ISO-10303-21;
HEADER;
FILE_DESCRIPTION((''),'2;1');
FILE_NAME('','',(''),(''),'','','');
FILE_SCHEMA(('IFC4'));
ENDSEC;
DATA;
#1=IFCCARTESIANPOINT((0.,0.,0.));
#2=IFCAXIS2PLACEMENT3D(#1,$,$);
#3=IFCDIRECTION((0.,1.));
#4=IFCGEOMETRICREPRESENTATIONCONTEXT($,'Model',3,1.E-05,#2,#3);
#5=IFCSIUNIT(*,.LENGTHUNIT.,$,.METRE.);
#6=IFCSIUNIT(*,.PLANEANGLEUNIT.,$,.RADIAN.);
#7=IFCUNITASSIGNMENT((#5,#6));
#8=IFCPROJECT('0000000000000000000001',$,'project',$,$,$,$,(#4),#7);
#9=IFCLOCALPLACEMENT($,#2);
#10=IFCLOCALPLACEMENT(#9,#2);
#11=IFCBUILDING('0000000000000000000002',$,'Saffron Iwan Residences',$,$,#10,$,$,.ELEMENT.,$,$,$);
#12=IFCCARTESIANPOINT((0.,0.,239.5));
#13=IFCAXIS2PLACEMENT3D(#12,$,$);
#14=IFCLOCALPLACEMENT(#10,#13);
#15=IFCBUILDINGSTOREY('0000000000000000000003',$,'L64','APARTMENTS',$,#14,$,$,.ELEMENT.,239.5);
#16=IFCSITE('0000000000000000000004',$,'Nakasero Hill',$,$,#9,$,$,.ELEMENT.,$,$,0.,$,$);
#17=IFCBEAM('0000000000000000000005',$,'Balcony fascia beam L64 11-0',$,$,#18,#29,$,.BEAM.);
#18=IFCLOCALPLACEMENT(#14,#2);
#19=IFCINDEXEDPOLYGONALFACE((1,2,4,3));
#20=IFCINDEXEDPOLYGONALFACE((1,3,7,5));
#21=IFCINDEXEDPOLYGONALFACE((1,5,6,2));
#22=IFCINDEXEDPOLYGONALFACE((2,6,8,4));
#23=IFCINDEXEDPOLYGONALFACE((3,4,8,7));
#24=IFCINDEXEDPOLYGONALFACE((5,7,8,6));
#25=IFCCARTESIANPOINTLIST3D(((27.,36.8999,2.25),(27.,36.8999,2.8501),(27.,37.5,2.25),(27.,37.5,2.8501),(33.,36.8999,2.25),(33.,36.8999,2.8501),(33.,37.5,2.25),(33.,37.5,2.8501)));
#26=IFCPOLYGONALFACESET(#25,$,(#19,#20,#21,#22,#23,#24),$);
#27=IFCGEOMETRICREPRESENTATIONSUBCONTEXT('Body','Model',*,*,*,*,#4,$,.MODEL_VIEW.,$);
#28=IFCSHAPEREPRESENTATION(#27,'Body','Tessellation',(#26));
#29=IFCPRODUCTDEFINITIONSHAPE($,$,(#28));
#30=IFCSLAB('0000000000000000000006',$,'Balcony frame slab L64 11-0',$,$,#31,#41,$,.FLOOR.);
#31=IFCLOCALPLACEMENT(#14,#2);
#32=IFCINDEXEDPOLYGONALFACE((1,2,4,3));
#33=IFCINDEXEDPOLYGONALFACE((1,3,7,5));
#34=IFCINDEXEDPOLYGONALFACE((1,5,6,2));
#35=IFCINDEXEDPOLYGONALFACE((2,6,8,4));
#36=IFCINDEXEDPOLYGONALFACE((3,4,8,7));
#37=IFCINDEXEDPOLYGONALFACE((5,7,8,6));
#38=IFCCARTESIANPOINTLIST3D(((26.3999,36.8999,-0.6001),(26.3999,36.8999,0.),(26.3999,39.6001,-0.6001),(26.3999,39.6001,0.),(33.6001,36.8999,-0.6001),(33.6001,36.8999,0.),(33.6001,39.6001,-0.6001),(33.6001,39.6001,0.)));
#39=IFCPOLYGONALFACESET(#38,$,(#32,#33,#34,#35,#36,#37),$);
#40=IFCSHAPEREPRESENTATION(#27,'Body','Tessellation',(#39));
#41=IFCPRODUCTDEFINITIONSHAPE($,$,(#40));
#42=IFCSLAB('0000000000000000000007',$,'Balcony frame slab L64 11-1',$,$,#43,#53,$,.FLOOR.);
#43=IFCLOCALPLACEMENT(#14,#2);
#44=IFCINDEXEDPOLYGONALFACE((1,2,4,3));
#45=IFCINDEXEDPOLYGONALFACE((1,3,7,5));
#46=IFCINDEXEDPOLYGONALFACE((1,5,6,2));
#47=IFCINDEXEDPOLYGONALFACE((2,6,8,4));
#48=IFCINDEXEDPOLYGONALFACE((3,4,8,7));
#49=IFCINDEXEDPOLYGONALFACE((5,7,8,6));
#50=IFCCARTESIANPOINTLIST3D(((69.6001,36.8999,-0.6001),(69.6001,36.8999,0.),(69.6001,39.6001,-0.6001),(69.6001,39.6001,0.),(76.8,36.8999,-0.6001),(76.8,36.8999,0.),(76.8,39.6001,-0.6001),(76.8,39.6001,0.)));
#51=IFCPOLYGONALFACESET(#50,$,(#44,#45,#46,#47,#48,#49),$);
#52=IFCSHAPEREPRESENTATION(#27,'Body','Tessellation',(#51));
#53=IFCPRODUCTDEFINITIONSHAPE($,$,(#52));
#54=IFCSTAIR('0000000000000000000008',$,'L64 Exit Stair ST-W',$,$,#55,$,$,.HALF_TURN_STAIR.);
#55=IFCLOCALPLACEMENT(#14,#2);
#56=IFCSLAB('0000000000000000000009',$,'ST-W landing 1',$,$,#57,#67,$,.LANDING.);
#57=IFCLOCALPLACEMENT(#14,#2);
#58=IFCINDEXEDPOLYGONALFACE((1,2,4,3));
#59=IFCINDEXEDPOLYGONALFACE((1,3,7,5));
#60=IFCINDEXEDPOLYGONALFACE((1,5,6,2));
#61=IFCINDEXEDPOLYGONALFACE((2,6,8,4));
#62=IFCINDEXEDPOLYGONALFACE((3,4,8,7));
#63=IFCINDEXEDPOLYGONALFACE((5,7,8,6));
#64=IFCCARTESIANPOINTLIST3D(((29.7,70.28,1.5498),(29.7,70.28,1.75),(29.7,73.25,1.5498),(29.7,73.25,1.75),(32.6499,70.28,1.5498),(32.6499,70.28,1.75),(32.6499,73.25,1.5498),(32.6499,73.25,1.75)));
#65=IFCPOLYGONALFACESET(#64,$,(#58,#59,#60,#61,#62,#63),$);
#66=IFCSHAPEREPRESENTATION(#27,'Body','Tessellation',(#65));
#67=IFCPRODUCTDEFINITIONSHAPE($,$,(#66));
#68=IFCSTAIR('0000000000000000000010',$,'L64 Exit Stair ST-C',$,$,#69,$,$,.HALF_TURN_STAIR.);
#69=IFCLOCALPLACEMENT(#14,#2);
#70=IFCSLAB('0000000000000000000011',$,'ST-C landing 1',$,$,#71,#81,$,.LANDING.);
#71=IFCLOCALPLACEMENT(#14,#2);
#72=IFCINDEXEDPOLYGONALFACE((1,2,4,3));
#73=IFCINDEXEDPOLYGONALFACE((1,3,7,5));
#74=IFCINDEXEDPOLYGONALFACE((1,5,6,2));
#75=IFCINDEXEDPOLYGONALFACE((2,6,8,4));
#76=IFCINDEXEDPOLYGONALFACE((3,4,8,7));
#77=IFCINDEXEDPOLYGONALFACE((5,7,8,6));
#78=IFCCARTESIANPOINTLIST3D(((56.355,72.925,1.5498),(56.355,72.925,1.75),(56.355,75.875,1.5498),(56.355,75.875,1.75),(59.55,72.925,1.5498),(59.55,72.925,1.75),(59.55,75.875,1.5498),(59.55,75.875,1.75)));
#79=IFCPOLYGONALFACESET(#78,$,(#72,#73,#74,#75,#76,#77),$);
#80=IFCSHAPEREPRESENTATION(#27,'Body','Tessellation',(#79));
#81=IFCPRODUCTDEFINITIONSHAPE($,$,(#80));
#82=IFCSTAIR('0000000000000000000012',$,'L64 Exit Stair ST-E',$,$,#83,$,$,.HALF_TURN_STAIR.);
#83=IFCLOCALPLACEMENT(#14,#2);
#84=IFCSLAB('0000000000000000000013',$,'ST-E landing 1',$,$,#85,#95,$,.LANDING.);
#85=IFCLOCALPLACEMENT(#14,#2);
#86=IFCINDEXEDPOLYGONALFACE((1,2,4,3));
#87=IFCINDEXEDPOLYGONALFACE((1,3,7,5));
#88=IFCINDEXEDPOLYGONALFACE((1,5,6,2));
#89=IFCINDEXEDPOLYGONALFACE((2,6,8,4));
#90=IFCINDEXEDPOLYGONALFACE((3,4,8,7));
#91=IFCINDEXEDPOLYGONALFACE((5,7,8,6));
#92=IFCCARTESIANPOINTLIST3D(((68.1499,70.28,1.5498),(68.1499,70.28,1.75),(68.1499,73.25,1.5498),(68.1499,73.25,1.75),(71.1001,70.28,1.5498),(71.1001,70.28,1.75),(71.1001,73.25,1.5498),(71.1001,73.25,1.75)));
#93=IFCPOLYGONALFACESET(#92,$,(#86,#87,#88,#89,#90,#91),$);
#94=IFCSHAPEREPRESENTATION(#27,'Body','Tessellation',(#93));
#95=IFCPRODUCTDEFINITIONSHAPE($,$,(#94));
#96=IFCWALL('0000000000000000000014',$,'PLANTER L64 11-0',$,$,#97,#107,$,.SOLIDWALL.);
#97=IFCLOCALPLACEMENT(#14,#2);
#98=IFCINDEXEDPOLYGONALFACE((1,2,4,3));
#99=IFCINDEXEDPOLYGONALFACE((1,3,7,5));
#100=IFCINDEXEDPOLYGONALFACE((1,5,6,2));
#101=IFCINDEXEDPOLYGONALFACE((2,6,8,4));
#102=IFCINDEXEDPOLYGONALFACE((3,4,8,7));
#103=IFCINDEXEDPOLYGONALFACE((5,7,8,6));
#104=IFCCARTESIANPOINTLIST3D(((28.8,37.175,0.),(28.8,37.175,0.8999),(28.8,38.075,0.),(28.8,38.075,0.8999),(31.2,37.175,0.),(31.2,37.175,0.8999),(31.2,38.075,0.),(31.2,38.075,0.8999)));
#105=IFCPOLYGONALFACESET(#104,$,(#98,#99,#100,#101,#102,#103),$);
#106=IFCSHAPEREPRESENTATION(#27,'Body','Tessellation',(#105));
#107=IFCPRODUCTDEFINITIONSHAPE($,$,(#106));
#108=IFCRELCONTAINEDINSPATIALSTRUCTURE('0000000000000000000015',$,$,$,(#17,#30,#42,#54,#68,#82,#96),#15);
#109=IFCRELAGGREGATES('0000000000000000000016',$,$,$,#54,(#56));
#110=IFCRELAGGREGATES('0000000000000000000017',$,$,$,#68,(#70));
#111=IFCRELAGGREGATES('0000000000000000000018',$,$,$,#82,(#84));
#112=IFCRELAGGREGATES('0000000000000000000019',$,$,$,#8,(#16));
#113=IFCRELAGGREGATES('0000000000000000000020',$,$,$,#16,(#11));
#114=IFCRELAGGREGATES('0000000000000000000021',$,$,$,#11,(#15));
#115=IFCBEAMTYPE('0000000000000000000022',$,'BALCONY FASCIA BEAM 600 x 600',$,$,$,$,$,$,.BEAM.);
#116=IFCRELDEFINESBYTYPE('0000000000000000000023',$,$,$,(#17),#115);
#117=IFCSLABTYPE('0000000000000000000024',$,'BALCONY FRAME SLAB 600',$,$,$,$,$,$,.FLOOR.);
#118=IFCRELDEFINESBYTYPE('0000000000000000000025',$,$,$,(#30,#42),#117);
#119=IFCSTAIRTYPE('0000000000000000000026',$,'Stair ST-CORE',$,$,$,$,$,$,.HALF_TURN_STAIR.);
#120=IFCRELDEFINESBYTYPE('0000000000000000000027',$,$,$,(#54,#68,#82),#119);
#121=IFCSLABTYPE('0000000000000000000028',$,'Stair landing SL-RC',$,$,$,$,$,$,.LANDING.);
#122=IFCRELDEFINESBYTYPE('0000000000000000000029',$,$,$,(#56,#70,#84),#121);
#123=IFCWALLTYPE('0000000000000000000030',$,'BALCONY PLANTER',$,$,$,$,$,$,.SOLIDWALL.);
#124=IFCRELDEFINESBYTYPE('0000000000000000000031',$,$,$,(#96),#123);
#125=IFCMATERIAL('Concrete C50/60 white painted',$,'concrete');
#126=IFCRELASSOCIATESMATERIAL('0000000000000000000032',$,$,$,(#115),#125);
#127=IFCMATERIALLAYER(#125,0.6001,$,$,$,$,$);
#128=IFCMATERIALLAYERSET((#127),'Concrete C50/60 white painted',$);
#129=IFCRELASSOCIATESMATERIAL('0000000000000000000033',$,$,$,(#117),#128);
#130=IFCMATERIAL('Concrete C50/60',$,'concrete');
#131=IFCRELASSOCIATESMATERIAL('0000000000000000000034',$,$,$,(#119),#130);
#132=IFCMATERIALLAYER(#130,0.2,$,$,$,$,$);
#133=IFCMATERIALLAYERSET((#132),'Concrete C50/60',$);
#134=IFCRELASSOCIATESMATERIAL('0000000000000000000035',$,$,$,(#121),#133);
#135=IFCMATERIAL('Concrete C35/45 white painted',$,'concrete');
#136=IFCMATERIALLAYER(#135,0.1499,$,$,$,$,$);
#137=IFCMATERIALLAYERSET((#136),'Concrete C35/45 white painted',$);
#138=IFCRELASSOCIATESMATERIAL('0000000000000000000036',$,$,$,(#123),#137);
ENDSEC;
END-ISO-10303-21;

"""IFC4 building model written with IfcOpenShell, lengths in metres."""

from ifc_helpers import new_model, si_unit, direction, frame, frame_2d, origin, origin_2d, place, context, subcontext, project, spatial, polyline, rectangle, outline, extrude, source, transform, mapped, material, layer, layer_set, material_profile, profile_set, type_object, element, aggregate, save


model = new_model("IFC4")

# Units and contexts
model_context = context("Model", 3, precision=1e-05, world=origin(), true_north=direction((0.0, 1.0)))
body_context = subcontext(model_context, "Body", "Model", "MODEL_VIEW")
ifc_project = project(units=[si_unit("LENGTHUNIT", "METRE"), si_unit("PLANEANGLEUNIT", "RADIAN")], contexts=[model_context])

# Site, building, storey
site_placement = place(None, origin())
site = spatial("IfcSite", under=ifc_project, at=site_placement, Name="Nakasero Hill", CompositionType="ELEMENT", RefElevation=0.0)
building_placement = place(site_placement, origin())
building = spatial("IfcBuilding", under=site, at=building_placement, Name="Saffron Iwan Residences", CompositionType="ELEMENT")
storey_placement = place(building_placement, frame((0.0, 0.0, 239.5)))
storey = spatial("IfcBuildingStorey", under=building, at=storey_placement, Name="L64", Description="APARTMENTS", CompositionType="ELEMENT", Elevation=239.5)

# Beam
ifc_material_1 = material(Name="Concrete C50/60 white painted", Category="concrete")
ifc_material_profile = material_profile(ifc_material_1, rectangle(XDim=0.6001, YDim=0.6001, at=origin_2d()), Name="BALCONY FASCIA BEAM 600 x 600")
ifc_profile_set = profile_set([ifc_material_profile], Name="Concrete C50/60 white painted")
beam_type = type_object("IfcBeamType", Name="BALCONY FASCIA BEAM 600 x 600", PredefinedType="BEAM", material=ifc_profile_set)
shared_shape = source(origin(), body_context, "Body", "SweptSolid", [
    extrude(rectangle(XDim=0.6001, YDim=0.6001, at=origin_2d()), origin(), (0.0, 0.0, 1.0), 6.0),
])
beam_placement = place(storey_placement, frame((27.0, 37.2, 2.55), z_axis=(1.0, 0.0, 0.0), x_axis=(0.0, 1.0, 0.0)))
element("IfcBeam", 1, at=beam_placement, inside=storey, type_object=beam_type, Name="Balcony fascia beam L64 11-0", PredefinedType="BEAM", context=body_context, shape_type="MappedRepresentation", body=[
    mapped(shared_shape, transform((0.0, 0.0, 0.0))),
])

# Slabs
ifc_layer_1 = layer(ifc_material_1, 0.6001)
ifc_layer_set_1 = layer_set([ifc_layer_1], Name="Concrete C50/60 white painted")
slab_type_1 = type_object("IfcSlabType", Name="BALCONY FRAME SLAB 600", PredefinedType="FLOOR", material=ifc_layer_set_1)
slab_1_placement = place(storey_placement, frame((0.0, 0.0, -0.6001)))
element("IfcSlab", 2, at=slab_1_placement, inside=storey, type_object=slab_type_1, Name="Balcony frame slab L64 11-0", PredefinedType="FLOOR", context=body_context, shape_type="SweptSolid", body=[
    extrude(outline(polyline([(26.3999, 36.8999), (33.6001, 36.8999), (33.6001, 39.6001), (26.3999, 39.6001), (26.3999, 36.8999)])), origin(), (0.0, 0.0, 1.0), 0.6001),
])
slab_2_placement = place(storey_placement, frame((0.0, 0.0, -0.6001)))
element("IfcSlab", 3, at=slab_2_placement, inside=storey, type_object=slab_type_1, Name="Balcony frame slab L64 11-1", PredefinedType="FLOOR", context=body_context, shape_type="SweptSolid", body=[
    extrude(outline(polyline([(69.6001, 36.8999), (76.8, 36.8999), (76.8, 39.6001), (69.6001, 39.6001), (69.6001, 36.8999)])), origin(), (0.0, 0.0, 1.0), 0.6001),
])

# Stairs, slabs
ifc_material_2 = material(Name="Concrete C50/60", Category="concrete")
stair_type = type_object("IfcStairType", Name="Stair ST-CORE", PredefinedType="HALF_TURN_STAIR", material=ifc_material_2)
stair_1_placement = place(storey_placement, origin())
stair_1 = element("IfcStair", 4, at=stair_1_placement, inside=storey, type_object=stair_type, Name="L64 Exit Stair ST-W", PredefinedType="HALF_TURN_STAIR")
ifc_layer_2 = layer(ifc_material_2, 0.2)
ifc_layer_set_2 = layer_set([ifc_layer_2], Name="Concrete C50/60")
slab_type_2 = type_object("IfcSlabType", Name="Stair landing SL-RC", PredefinedType="LANDING", material=ifc_layer_set_2)
slab_3_placement = place(storey_placement, frame((0.0, 0.0, 1.5498)))
slab_3 = element("IfcSlab", 5, at=slab_3_placement, type_object=slab_type_2, Name="ST-W landing 1", PredefinedType="LANDING", context=body_context, shape_type="SweptSolid", body=[
    extrude(outline(polyline([(32.6499, 70.28), (32.6499, 73.25), (29.7, 73.25), (29.7, 70.28), (32.6499, 70.28)])), origin(), (0.0, 0.0, 1.0), 0.2002),
])
aggregate(stair_1, [slab_3])
stair_2_placement = place(storey_placement, origin())
stair_2 = element("IfcStair", 6, at=stair_2_placement, inside=storey, type_object=stair_type, Name="L64 Exit Stair ST-C", PredefinedType="HALF_TURN_STAIR")
slab_4_placement = place(storey_placement, frame((0.0, 0.0, 1.5498)))
slab_4 = element("IfcSlab", 7, at=slab_4_placement, type_object=slab_type_2, Name="ST-C landing 1", PredefinedType="LANDING", context=body_context, shape_type="SweptSolid", body=[
    extrude(outline(polyline([(56.355, 72.925), (59.55, 72.925), (59.55, 75.875), (56.355, 75.875), (56.355, 72.925)])), origin(), (0.0, 0.0, 1.0), 0.2002),
])
aggregate(stair_2, [slab_4])
stair_3_placement = place(storey_placement, origin())
stair_3 = element("IfcStair", 8, at=stair_3_placement, inside=storey, type_object=stair_type, Name="L64 Exit Stair ST-E", PredefinedType="HALF_TURN_STAIR")
slab_5_placement = place(storey_placement, frame((0.0, 0.0, 1.5498)))
slab_5 = element("IfcSlab", 9, at=slab_5_placement, type_object=slab_type_2, Name="ST-E landing 1", PredefinedType="LANDING", context=body_context, shape_type="SweptSolid", body=[
    extrude(outline(polyline([(71.1001, 70.28), (71.1001, 73.25), (68.1499, 73.25), (68.1499, 70.28), (71.1001, 70.28)])), origin(), (0.0, 0.0, 1.0), 0.2002),
])
aggregate(stair_3, [slab_5])

# Wall
ifc_material_3 = material(Name="Concrete C35/45 white painted", Category="concrete")
ifc_layer_3 = layer(ifc_material_3, 0.1499)
ifc_layer_set_3 = layer_set([ifc_layer_3], Name="Concrete C35/45 white painted")
wall_type = type_object("IfcWallType", Name="BALCONY PLANTER", PredefinedType="SOLIDWALL", material=ifc_layer_set_3)
wall_placement = place(storey_placement, frame((28.8, 37.625, 0.0), z_axis=(0.0, 0.0, 1.0), x_axis=(1.0, 0.0, 0.0)))
element("IfcWall", 10, at=wall_placement, inside=storey, type_object=wall_type, Name="PLANTER L64 11-0", PredefinedType="SOLIDWALL", context=body_context, shape_type="SweptSolid", body=[
    extrude(rectangle(XDim=2.3999, YDim=0.8999, at=frame_2d((1.2, 0.0))), origin(), (0.0, 0.0, 1.0), 0.8999),
])

save(model, "model.ifc")
